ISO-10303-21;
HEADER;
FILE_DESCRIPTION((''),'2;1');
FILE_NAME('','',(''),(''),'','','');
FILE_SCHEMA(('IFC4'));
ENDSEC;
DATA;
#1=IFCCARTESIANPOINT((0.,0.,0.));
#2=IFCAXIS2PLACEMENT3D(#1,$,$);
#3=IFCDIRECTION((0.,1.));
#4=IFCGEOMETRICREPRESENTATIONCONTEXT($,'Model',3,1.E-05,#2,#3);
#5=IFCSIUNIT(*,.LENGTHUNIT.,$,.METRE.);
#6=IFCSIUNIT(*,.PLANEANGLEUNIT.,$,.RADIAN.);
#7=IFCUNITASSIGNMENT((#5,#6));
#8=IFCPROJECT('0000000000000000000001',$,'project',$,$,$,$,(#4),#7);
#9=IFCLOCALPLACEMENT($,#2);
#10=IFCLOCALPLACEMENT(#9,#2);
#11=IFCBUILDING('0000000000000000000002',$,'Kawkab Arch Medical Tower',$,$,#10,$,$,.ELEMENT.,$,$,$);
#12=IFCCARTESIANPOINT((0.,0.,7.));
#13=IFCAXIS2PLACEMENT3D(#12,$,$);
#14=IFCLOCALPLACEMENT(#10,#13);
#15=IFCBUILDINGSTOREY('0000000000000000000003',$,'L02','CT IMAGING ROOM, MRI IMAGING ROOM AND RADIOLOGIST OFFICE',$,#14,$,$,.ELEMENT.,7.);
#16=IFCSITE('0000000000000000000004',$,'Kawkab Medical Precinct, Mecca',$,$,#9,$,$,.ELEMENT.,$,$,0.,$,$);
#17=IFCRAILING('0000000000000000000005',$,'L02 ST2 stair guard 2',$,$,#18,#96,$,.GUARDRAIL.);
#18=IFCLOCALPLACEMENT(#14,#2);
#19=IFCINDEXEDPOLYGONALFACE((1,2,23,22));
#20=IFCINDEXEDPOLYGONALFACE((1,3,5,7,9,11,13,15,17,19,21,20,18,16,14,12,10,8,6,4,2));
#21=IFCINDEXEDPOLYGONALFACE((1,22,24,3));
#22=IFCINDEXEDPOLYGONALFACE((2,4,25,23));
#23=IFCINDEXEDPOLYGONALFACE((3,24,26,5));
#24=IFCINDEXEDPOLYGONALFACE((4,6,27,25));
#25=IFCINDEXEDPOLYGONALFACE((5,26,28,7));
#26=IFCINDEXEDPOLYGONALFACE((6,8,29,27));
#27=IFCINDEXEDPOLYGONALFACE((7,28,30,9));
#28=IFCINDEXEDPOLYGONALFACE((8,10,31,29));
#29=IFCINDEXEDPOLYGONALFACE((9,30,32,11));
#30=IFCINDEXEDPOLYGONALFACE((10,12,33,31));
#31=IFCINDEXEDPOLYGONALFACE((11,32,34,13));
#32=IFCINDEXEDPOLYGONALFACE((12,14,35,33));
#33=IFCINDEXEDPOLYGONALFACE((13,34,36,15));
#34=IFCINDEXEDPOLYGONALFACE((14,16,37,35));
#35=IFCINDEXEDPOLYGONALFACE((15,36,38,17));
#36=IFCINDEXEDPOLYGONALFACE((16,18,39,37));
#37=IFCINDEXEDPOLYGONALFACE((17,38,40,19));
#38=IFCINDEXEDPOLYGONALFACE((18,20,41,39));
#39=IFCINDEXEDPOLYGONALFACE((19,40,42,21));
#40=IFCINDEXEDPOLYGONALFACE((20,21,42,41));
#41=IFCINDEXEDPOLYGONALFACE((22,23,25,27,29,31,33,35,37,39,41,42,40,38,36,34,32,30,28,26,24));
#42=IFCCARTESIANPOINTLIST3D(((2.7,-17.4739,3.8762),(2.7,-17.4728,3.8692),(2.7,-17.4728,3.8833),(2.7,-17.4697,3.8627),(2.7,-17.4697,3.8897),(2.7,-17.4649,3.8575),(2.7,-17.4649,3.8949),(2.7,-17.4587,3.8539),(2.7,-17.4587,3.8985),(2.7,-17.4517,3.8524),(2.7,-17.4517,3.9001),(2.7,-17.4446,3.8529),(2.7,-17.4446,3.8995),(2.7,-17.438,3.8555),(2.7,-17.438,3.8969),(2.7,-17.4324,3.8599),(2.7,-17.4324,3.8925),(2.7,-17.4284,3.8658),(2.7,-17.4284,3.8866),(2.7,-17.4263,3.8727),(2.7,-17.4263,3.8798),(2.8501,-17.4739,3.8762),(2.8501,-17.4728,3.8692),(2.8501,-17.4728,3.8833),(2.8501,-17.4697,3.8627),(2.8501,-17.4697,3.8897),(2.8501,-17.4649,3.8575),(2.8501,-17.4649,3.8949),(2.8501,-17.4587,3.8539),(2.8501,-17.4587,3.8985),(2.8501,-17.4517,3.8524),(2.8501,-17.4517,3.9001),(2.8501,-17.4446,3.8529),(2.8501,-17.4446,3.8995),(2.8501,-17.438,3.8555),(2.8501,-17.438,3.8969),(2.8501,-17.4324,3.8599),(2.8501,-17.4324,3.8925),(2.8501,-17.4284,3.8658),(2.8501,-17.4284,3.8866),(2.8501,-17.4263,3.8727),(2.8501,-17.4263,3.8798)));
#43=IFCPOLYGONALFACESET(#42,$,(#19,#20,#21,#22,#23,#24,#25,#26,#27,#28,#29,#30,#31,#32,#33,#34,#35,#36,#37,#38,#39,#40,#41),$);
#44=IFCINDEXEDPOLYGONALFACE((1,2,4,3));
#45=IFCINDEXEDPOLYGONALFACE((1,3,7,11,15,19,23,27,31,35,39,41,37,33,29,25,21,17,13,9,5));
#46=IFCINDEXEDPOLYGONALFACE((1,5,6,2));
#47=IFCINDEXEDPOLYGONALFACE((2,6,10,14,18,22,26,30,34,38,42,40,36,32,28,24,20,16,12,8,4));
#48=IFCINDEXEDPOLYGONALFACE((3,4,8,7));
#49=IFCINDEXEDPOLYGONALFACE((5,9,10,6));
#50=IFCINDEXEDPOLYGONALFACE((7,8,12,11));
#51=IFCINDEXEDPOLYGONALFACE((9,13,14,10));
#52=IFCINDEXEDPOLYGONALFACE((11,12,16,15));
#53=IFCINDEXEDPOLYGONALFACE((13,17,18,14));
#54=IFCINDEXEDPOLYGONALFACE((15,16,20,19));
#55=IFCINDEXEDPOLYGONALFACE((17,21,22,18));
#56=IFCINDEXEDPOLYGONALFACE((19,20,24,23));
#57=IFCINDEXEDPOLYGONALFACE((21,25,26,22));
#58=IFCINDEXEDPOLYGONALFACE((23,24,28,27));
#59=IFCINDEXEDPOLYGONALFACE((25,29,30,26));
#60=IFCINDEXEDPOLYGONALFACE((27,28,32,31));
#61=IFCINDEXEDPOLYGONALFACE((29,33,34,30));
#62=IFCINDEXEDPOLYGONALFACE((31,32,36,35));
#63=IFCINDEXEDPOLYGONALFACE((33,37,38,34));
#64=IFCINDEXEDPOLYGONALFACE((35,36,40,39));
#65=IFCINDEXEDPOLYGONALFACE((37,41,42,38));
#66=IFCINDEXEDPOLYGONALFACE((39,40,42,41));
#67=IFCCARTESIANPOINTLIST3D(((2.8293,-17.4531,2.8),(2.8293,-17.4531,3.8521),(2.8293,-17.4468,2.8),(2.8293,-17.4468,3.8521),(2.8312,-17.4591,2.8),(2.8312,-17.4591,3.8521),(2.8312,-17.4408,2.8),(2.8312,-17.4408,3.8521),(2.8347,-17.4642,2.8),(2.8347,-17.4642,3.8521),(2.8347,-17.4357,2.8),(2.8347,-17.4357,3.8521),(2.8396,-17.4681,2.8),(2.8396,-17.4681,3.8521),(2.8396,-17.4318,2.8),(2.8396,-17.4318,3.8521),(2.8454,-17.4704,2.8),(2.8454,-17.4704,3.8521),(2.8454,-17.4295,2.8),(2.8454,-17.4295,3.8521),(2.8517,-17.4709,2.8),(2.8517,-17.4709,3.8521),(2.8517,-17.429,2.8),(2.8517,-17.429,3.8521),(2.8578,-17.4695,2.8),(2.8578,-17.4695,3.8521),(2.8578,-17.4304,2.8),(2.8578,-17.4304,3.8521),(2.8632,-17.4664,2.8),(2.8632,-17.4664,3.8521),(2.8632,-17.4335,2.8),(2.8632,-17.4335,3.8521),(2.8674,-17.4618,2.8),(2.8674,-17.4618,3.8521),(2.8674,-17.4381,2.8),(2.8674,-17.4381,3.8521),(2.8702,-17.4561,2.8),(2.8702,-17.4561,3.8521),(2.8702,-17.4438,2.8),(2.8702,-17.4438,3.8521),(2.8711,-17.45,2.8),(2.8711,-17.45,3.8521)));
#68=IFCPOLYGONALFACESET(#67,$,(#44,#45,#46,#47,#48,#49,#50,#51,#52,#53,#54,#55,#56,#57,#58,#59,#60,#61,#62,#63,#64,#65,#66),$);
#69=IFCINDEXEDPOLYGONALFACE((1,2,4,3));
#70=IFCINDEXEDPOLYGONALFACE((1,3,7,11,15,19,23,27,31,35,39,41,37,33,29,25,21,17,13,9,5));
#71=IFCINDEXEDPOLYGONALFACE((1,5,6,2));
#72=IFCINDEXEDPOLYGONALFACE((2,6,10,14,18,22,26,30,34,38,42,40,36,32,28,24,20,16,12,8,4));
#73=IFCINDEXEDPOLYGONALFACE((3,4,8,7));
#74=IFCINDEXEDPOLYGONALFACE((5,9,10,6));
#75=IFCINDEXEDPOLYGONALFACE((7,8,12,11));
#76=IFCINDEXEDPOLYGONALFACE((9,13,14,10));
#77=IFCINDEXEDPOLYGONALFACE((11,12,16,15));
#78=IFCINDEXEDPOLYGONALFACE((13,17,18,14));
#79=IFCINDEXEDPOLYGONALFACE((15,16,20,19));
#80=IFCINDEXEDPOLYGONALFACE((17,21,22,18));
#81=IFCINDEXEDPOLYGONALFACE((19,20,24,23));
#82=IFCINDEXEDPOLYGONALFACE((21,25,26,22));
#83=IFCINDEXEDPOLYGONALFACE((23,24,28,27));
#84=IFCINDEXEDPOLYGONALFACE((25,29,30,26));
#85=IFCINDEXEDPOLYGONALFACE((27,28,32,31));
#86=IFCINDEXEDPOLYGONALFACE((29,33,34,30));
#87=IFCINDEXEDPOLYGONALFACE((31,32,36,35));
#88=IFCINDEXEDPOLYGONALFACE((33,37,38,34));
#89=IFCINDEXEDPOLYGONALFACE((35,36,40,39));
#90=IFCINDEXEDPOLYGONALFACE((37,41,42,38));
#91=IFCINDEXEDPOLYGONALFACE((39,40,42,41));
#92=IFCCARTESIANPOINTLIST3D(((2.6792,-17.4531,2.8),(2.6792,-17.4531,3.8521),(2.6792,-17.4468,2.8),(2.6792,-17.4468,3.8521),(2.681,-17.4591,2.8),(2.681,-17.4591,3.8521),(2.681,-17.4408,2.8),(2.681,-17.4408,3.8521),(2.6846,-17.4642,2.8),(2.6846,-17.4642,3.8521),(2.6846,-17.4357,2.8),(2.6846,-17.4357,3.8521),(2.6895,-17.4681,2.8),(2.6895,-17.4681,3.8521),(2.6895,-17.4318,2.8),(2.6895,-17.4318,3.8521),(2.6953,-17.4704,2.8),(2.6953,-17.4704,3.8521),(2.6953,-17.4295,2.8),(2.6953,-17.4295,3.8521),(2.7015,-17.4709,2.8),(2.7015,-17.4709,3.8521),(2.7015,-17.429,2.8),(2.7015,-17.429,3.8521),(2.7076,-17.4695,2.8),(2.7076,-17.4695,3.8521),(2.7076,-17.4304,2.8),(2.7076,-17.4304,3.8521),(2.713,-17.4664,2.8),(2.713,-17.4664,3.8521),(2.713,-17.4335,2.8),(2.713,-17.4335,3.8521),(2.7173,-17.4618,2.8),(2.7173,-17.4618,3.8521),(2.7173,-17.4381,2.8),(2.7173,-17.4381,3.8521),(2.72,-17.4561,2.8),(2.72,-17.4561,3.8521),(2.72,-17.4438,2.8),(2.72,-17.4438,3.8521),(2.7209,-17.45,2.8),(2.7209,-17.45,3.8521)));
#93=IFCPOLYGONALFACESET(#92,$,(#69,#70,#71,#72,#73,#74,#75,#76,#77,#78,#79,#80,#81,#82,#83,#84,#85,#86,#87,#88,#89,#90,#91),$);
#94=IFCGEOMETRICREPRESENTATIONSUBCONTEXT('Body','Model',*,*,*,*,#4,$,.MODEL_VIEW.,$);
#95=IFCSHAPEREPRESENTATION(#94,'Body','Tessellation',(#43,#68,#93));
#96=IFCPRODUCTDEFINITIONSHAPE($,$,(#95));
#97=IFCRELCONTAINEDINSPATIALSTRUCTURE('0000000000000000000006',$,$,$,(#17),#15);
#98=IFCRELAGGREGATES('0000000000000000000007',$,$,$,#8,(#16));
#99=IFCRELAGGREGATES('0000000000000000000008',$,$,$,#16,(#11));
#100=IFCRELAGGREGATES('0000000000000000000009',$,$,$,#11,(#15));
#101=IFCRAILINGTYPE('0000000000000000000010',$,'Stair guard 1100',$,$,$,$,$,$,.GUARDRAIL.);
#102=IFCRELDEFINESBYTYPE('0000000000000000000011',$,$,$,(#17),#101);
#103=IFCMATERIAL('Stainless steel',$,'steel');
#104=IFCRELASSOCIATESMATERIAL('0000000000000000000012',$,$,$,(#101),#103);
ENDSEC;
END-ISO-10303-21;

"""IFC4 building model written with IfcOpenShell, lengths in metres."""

from ifc_helpers import new_model, si_unit, direction, frame, origin, origin_2d, place, context, subcontext, project, spatial, circle, extrude, material, type_object, element, save


model = new_model("IFC4")

# Units and contexts
model_context = context("Model", 3, precision=1e-05, world=origin(), true_north=direction((0.0, 1.0)))
body_context = subcontext(model_context, "Body", "Model", "MODEL_VIEW")
ifc_project = project(units=[si_unit("LENGTHUNIT", "METRE"), si_unit("PLANEANGLEUNIT", "RADIAN")], contexts=[model_context])

# Site, building, storey
site_placement = place(None, origin())
site = spatial("IfcSite", under=ifc_project, at=site_placement, Name="Kawkab Medical Precinct, Mecca", CompositionType="ELEMENT", RefElevation=0.0)
building_placement = place(site_placement, origin())
building = spatial("IfcBuilding", under=site, at=building_placement, Name="Kawkab Arch Medical Tower", CompositionType="ELEMENT")
storey_placement = place(building_placement, frame((0.0, 0.0, 7.0)))
storey = spatial("IfcBuildingStorey", under=building, at=storey_placement, Name="L02", Description="CT IMAGING ROOM, MRI IMAGING ROOM AND RADIOLOGIST OFFICE", CompositionType="ELEMENT", Elevation=7.0)

# Railing
ifc_material_1 = material(Name="Stainless steel", Category="steel")
railing_type = type_object("IfcRailingType", Name="Stair guard 1100", PredefinedType="GUARDRAIL", material=ifc_material_1)
railing_1_placement = place(storey_placement, frame((2.8501, -17.45, 2.8)))
element("IfcRailing", 1, at=railing_1_placement, inside=storey, type_object=railing_type, Name="L02 ST2 stair guard 2", PredefinedType="GUARDRAIL", context=body_context, shape_type="SweptSolid", body=[
    extrude(circle(Radius=0.0239, at=origin_2d()), frame((0.0, 0.0, 1.0762), z_axis=(-1.0, 0.0, 0.0), x_axis=(0.0, -1.0, 0.0)), (0.0, 0.0, 1.0), 0.1501),
    extrude(circle(Radius=0.021, at=origin_2d()), origin(), (0.0, 0.0, 1.0), 1.052),
    extrude(circle(Radius=0.021, at=origin_2d()), frame((-0.1501, 0.0, 0.0)), (0.0, 0.0, 1.0), 1.052),
])

save(model, "model.ifc")
